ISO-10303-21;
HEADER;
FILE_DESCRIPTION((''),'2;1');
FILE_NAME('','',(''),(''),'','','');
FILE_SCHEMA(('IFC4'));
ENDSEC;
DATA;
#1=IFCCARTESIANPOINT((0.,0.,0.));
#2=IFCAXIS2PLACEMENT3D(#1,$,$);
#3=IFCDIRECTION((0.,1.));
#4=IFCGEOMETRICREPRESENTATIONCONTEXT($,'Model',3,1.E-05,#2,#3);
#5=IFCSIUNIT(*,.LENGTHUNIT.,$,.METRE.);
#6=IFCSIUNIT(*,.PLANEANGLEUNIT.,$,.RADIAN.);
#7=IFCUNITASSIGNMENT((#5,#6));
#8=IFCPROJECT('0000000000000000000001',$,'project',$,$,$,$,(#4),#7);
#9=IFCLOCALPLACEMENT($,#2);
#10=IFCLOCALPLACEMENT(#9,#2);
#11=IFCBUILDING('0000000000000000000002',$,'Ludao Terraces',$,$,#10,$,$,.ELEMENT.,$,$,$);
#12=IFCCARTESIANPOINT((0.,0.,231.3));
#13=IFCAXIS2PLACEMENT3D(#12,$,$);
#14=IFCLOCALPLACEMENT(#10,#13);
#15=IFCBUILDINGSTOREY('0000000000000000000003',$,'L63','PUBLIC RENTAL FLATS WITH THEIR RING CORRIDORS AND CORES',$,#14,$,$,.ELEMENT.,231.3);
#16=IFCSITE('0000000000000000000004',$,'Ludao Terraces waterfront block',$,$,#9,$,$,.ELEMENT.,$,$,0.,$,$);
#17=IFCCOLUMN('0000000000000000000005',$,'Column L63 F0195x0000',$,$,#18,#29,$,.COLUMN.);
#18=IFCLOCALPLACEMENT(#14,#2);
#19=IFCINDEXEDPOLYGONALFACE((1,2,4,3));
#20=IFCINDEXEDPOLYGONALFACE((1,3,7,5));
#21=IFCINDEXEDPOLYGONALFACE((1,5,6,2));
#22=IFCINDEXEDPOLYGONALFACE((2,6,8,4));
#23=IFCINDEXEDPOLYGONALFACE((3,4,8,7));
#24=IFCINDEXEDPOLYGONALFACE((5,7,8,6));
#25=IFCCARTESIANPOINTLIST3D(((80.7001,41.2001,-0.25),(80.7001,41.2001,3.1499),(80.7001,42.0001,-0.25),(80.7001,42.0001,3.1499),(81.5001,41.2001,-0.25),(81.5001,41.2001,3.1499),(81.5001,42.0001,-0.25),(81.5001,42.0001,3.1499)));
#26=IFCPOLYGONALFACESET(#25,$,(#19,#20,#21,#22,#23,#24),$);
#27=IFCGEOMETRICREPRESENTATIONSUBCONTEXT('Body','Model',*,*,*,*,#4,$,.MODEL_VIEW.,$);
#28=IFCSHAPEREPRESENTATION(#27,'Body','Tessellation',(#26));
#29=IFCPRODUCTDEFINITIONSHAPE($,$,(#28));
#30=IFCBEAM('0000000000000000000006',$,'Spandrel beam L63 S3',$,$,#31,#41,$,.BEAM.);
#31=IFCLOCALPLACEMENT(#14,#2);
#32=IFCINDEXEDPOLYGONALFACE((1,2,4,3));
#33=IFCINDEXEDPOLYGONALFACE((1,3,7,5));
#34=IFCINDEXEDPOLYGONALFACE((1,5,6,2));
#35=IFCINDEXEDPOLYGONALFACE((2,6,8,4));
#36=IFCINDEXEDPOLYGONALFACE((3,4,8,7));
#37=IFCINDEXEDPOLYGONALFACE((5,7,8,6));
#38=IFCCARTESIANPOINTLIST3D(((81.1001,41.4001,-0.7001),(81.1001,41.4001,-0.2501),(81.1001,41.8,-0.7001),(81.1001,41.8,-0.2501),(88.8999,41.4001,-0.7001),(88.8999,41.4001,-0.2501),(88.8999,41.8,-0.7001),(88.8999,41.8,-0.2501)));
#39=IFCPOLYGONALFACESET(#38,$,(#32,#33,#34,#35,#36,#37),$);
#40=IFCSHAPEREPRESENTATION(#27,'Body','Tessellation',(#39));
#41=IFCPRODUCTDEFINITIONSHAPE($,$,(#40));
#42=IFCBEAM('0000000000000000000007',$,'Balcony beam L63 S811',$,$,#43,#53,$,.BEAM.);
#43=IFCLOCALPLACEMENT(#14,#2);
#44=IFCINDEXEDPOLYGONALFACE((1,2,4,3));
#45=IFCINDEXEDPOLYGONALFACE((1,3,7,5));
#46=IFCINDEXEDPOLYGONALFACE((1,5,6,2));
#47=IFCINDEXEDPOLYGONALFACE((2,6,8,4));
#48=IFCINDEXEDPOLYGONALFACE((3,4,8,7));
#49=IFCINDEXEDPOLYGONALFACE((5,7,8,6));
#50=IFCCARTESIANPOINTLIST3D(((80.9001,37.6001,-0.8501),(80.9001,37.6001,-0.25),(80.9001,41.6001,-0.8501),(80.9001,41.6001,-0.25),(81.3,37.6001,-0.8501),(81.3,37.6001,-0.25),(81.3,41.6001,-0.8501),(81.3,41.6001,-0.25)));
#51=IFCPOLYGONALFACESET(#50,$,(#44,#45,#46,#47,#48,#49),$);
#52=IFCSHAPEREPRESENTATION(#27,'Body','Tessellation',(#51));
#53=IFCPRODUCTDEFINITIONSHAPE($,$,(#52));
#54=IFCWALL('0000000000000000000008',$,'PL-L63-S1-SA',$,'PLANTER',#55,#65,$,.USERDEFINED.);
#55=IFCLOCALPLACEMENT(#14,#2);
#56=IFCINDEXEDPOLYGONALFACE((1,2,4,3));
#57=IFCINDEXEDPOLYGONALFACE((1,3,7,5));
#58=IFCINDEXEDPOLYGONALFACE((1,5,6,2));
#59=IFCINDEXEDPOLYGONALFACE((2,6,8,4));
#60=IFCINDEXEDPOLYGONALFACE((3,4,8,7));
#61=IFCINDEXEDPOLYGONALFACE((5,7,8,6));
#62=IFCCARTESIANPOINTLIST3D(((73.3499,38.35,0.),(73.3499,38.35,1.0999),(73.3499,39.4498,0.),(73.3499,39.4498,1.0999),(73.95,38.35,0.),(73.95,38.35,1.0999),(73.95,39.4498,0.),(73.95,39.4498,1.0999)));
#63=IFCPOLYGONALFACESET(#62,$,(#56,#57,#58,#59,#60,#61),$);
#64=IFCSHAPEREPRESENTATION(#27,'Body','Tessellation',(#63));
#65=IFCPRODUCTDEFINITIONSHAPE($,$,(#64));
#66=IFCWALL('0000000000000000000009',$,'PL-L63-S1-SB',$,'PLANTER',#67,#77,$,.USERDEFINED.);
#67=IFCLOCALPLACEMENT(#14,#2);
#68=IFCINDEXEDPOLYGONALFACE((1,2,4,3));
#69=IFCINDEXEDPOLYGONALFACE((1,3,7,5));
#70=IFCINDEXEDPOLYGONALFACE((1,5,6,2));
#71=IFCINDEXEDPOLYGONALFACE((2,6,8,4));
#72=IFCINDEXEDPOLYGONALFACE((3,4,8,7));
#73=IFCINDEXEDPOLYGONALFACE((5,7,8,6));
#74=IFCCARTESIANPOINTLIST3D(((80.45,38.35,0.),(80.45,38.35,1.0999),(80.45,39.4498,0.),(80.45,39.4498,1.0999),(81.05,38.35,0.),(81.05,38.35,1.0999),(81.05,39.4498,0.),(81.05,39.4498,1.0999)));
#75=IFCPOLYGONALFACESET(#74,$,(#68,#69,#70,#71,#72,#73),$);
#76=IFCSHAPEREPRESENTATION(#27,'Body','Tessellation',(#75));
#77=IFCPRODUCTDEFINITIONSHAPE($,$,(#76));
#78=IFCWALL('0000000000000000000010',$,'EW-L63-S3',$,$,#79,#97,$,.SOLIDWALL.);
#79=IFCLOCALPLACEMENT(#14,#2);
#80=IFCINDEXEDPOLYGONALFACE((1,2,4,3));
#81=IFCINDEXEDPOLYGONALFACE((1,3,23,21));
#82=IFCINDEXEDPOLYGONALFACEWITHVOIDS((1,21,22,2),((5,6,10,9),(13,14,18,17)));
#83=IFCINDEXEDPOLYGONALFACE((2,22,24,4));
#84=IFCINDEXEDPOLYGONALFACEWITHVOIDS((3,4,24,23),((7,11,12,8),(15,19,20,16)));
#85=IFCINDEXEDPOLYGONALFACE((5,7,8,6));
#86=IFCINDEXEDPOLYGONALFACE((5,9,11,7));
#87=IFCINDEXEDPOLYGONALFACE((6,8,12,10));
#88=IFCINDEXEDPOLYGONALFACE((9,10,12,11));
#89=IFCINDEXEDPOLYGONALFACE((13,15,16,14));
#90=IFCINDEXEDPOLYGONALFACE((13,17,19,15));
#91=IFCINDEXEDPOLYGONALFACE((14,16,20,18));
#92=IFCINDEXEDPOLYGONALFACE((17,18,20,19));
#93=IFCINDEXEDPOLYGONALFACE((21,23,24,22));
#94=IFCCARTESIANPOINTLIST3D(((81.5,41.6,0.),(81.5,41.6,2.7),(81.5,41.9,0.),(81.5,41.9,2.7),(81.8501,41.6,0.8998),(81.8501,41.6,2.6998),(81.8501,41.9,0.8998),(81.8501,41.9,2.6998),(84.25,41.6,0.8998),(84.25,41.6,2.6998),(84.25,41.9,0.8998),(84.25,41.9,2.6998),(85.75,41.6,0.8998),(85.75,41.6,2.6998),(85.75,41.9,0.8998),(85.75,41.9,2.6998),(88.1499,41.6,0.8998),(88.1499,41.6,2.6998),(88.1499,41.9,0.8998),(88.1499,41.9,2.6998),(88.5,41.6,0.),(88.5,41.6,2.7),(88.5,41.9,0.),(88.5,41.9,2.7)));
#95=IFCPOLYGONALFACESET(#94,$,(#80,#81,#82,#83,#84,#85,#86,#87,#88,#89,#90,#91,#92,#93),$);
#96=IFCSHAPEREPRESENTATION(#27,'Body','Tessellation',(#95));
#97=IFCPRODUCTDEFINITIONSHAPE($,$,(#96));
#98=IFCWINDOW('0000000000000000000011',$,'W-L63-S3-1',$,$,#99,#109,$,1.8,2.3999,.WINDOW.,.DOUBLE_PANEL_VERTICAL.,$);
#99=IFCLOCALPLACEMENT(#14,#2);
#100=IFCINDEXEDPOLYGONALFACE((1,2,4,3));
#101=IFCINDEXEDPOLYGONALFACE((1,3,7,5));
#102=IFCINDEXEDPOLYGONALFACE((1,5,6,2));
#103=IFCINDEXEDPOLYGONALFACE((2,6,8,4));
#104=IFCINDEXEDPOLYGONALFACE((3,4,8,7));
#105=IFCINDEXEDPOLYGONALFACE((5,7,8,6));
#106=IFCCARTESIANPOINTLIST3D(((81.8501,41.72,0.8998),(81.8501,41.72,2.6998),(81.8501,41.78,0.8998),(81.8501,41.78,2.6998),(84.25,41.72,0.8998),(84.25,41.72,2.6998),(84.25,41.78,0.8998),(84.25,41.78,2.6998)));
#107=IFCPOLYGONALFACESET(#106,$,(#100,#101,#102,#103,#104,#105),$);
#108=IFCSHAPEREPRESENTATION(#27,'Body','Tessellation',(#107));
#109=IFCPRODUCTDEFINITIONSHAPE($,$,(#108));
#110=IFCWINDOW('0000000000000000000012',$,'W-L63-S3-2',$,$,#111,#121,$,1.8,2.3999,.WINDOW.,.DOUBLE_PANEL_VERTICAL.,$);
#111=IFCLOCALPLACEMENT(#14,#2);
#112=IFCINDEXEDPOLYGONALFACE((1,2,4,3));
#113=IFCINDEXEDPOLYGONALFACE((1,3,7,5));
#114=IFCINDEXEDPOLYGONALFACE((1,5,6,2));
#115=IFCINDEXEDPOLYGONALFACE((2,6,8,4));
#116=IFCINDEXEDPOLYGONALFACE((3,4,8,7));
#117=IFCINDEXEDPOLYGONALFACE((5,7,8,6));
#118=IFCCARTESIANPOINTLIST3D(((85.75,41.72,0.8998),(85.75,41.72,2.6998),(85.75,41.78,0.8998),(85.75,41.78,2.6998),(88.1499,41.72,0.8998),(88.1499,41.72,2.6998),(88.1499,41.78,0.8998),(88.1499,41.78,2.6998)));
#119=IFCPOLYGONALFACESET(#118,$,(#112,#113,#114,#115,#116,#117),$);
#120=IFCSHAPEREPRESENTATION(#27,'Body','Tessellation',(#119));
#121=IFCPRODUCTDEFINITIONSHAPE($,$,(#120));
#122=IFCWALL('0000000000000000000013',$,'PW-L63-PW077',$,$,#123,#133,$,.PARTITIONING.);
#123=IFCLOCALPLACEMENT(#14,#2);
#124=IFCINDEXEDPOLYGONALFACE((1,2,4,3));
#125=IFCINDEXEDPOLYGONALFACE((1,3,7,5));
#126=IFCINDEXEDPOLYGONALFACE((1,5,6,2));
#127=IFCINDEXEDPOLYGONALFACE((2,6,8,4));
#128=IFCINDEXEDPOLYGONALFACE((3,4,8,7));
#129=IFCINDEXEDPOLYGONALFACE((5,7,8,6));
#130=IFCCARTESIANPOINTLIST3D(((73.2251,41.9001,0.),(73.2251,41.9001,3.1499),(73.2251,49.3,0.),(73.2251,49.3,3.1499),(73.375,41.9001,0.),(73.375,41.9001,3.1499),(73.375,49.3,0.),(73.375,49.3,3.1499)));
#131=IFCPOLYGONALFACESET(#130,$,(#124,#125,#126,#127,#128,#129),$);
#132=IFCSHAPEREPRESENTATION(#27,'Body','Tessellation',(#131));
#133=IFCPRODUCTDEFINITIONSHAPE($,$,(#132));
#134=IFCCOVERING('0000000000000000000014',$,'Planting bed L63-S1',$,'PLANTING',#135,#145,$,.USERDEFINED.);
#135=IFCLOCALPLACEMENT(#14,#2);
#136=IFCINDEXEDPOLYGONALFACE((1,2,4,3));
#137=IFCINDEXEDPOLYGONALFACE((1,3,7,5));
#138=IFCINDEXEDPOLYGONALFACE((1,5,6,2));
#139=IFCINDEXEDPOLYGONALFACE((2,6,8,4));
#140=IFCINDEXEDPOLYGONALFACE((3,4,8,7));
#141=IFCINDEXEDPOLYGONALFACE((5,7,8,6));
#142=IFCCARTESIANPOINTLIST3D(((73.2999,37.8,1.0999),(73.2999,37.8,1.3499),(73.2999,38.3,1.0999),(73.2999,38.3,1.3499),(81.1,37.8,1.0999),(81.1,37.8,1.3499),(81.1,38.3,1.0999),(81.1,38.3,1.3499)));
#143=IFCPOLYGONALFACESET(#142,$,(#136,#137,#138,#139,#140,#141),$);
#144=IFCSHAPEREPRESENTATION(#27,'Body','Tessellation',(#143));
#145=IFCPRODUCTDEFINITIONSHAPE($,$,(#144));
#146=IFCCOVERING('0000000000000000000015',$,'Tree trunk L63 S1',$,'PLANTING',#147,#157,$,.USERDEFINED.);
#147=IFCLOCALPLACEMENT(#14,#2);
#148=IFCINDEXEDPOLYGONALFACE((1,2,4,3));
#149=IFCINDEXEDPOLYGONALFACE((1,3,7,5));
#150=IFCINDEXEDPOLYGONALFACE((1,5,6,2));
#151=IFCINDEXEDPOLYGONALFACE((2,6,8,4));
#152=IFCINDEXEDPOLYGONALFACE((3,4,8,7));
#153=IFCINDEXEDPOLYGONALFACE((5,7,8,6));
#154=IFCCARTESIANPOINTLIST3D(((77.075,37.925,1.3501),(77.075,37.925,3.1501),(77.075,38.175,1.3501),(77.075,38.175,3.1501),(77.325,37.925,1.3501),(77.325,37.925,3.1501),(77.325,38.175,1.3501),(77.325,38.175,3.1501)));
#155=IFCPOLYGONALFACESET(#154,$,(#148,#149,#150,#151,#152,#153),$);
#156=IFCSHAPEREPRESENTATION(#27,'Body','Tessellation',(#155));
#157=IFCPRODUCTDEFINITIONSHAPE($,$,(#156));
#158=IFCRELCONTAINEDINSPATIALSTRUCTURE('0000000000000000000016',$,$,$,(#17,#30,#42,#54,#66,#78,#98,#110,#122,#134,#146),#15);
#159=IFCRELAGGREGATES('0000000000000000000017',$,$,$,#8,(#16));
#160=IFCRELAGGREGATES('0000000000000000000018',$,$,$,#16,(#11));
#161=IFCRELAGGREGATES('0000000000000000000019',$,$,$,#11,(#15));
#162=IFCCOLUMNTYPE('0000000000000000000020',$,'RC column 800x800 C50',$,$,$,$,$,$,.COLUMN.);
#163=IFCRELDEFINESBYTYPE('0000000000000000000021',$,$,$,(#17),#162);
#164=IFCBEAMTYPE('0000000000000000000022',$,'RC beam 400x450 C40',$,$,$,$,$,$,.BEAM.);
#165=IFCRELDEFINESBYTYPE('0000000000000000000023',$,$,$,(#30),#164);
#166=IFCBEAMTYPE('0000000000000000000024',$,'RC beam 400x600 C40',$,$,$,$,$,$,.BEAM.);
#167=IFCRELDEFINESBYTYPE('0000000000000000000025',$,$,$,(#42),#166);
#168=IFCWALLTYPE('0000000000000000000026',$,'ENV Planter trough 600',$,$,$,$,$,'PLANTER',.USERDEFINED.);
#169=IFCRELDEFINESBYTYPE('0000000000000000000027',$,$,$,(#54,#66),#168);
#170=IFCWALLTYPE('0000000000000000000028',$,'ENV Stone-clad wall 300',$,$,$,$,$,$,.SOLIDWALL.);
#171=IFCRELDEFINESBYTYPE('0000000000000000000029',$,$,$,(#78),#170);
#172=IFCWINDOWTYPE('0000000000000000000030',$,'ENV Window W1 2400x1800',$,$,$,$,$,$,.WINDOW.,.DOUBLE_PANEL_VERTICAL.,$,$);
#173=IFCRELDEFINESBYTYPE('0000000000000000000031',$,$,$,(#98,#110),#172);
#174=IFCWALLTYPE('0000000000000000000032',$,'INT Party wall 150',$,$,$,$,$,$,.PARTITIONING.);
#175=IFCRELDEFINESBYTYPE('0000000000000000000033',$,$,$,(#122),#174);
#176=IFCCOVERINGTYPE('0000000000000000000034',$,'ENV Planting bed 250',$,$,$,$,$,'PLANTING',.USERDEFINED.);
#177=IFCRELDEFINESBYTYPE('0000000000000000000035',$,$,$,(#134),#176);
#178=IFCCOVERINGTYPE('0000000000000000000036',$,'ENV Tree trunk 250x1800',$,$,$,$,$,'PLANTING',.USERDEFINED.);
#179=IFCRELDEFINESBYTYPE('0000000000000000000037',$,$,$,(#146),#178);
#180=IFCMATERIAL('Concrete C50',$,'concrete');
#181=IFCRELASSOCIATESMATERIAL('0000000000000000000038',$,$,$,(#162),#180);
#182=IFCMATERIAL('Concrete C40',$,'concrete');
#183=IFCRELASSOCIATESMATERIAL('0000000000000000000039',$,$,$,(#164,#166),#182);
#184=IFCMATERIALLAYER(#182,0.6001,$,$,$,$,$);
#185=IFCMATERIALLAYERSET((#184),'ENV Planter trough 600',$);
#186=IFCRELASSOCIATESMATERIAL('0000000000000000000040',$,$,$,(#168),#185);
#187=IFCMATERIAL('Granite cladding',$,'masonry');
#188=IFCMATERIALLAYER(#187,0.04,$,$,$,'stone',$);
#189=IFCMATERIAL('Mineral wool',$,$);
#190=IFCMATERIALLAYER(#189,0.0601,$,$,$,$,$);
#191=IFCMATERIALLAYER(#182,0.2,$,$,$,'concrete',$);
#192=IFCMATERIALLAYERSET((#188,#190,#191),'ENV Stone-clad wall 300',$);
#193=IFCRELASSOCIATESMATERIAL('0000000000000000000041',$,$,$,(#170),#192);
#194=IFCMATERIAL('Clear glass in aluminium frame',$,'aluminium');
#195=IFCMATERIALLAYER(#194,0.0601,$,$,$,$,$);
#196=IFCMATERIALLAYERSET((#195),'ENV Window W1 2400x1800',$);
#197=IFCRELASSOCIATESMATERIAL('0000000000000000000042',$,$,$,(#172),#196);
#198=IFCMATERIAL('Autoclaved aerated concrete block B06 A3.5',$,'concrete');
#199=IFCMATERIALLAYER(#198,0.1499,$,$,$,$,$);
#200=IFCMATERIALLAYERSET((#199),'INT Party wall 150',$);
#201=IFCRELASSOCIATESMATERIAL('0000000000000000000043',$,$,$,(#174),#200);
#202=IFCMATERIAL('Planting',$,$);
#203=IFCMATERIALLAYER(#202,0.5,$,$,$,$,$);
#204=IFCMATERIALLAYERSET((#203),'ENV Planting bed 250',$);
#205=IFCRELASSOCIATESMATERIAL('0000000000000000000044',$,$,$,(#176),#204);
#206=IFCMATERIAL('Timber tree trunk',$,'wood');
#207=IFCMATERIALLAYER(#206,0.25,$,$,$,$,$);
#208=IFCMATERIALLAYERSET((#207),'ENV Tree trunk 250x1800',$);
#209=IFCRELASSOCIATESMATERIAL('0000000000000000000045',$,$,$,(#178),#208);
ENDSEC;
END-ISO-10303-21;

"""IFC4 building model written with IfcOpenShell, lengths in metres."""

from ifc_helpers import new_model, si_unit, direction, frame, frame_2d, origin, origin_2d, place, context, subcontext, project, spatial, rectangle, extrude, material, layer, layer_set, material_profile, profile_set, type_object, element, fill, save


model = new_model("IFC4")

# Units and contexts
model_context = context("Model", 3, precision=1e-05, world=origin(), true_north=direction((0.0, 1.0)))
body_context = subcontext(model_context, "Body", "Model", "MODEL_VIEW")
ifc_project = project(units=[si_unit("LENGTHUNIT", "METRE"), si_unit("PLANEANGLEUNIT", "RADIAN")], contexts=[model_context])

# Site, building, storey
site_placement = place(None, origin())
site = spatial("IfcSite", under=ifc_project, at=site_placement, Name="Ludao Terraces waterfront block", CompositionType="ELEMENT", RefElevation=0.0)
building_placement = place(site_placement, origin())
building = spatial("IfcBuilding", under=site, at=building_placement, Name="Ludao Terraces", CompositionType="ELEMENT")
storey_placement = place(building_placement, frame((0.0, 0.0, 231.3)))
storey = spatial("IfcBuildingStorey", under=building, at=storey_placement, Name="L63", Description="PUBLIC RENTAL FLATS WITH THEIR RING CORRIDORS AND CORES", CompositionType="ELEMENT", Elevation=231.3)

# Column
ifc_material_1 = material(Name="Concrete C50", Category="concrete")
ifc_material_profile_1 = material_profile(ifc_material_1, rectangle(XDim=0.8, YDim=0.8, at=origin_2d()), Name="800 X 800")
ifc_profile_set_1 = profile_set([ifc_material_profile_1], Name="Concrete C50")
column_type = type_object("IfcColumnType", Name="RC column 800x800 C50", PredefinedType="COLUMN", material=ifc_profile_set_1)
column_placement = place(storey_placement, frame((81.1001, 41.6001, -0.25), z_axis=(0.0, 0.0, 1.0), x_axis=(1.0, 0.0, 0.0)))
element("IfcColumn", 1, at=column_placement, inside=storey, type_object=column_type, Name="Column L63 F0195x0000", PredefinedType="COLUMN", context=body_context, shape_type="SweptSolid", body=[
    extrude(rectangle(XDim=0.8, YDim=0.8, at=origin_2d()), origin(), (0.0, 0.0, 1.0), 3.3999),
])

# Beams
ifc_material_2 = material(Name="Concrete C40", Category="concrete")
ifc_material_profile_2 = material_profile(ifc_material_2, rectangle(XDim=0.3999, YDim=0.45, at=origin_2d()), Name="400 X 450")
ifc_profile_set_2 = profile_set([ifc_material_profile_2], Name="Concrete C40")
beam_type_1 = type_object("IfcBeamType", Name="RC beam 400x450 C40", PredefinedType="BEAM", material=ifc_profile_set_2)
beam_1_placement = place(storey_placement, frame((81.1001, 41.6001, -0.4751), z_axis=(1.0, 0.0, 0.0), x_axis=(0.0, 1.0, 0.0)))
element("IfcBeam", 2, at=beam_1_placement, inside=storey, type_object=beam_type_1, Name="Spandrel beam L63 S3", PredefinedType="BEAM", context=body_context, shape_type="SweptSolid", body=[
    extrude(rectangle(XDim=0.3999, YDim=0.45, at=origin_2d()), origin(), (0.0, 0.0, 1.0), 7.7998),
])
ifc_material_profile_3 = material_profile(ifc_material_2, rectangle(XDim=0.3999, YDim=0.6001, at=origin_2d()), Name="400 X 600")
ifc_profile_set_3 = profile_set([ifc_material_profile_3], Name="Concrete C40")
beam_type_2 = type_object("IfcBeamType", Name="RC beam 400x600 C40", PredefinedType="BEAM", material=ifc_profile_set_3)
beam_2_placement = place(storey_placement, frame((81.1001, 41.6001, -0.55), z_axis=(0.0, -1.0, 0.0), x_axis=(1.0, 0.0, 0.0)))
element("IfcBeam", 3, at=beam_2_placement, inside=storey, type_object=beam_type_2, Name="Balcony beam L63 S811", PredefinedType="BEAM", context=body_context, shape_type="SweptSolid", body=[
    extrude(rectangle(XDim=0.3999, YDim=0.6001, at=origin_2d()), origin(), (0.0, 0.0, 1.0), 4.0),
])

# Walls
ifc_layer_1 = layer(ifc_material_2, 0.6001)
ifc_layer_set_1 = layer_set([ifc_layer_1], Name="ENV Planter trough 600")
wall_type_1 = type_object("IfcWallType", Name="ENV Planter trough 600", ElementType="PLANTER", PredefinedType="USERDEFINED", material=ifc_layer_set_1)
for number, where, z_axis, x_axis, name in (
    (4, (73.6499, 38.3501, 0.0), (0.0, 0.0, 1.0), (0.0, 1.0, 0.0), "PL-L63-S1-SA"),
    (5, (80.75, 38.3501, 0.0), (0.0, 0.0, 1.0), (0.0, 1.0, 0.0), "PL-L63-S1-SB"),
):
    element("IfcWall", number, at=place(storey_placement, frame(where, z_axis=z_axis, x_axis=x_axis)), inside=storey, type_object=wall_type_1, Name=name, ObjectType="PLANTER", PredefinedType="USERDEFINED", context=body_context, shape_type="SweptSolid", body=[
        extrude(rectangle(XDim=1.0999, YDim=0.6001, at=frame_2d((0.5498, 0.0))), origin(), (0.0, 0.0, 1.0), 1.0999),
    ])

# Shared definitions
ifc_material_3 = material(Name="Granite cladding", Category="masonry")
ifc_layer_2 = layer(ifc_material_3, 0.04, Category="stone")
ifc_material_4 = material(Name="Mineral wool")
ifc_layer_3 = layer(ifc_material_4, 0.0601)
ifc_layer_4 = layer(ifc_material_2, 0.2, Category="concrete")
ifc_layer_set_2 = layer_set([ifc_layer_2, ifc_layer_3, ifc_layer_4], Name="ENV Stone-clad wall 300")
wall_type_2 = type_object("IfcWallType", Name="ENV Stone-clad wall 300", PredefinedType="SOLIDWALL", material=ifc_layer_set_2)
ifc_material_5 = material(Name="Clear glass in aluminium frame", Category="aluminium")
ifc_layer_5 = layer(ifc_material_5, 0.0601)
ifc_layer_set_3 = layer_set([ifc_layer_5], Name="ENV Window W1 2400x1800")
window_type = type_object("IfcWindowType", Name="ENV Window W1 2400x1800", PartitioningType="DOUBLE_PANEL_VERTICAL", PredefinedType="WINDOW", material=ifc_layer_set_3)

# Wall, openings, windows
wall_1_placement = place(storey_placement, frame((81.5, 41.75, 0.0), z_axis=(0.0, 0.0, 1.0), x_axis=(1.0, 0.0, 0.0)))
wall_1 = element("IfcWall", 6, at=wall_1_placement, inside=storey, type_object=wall_type_2, Name="EW-L63-S3", PredefinedType="SOLIDWALL", context=body_context, shape_type="SweptSolid", body=[
    extrude(rectangle(XDim=7.0, YDim=0.3, at=frame_2d((3.5, 0.0))), origin(), (0.0, 0.0, 1.0), 2.7),
])
opening_1_placement = place(wall_1_placement, frame((0.3501, 0.0, 0.8999)))
opening_1 = element("IfcOpeningElement", 7, at=opening_1_placement, cuts=wall_1, PredefinedType="OPENING", context=body_context, shape_type="SweptSolid", body=[
    extrude(rectangle(XDim=2.3999, YDim=1.8, at=frame_2d((1.2, 0.8999))), frame((0.0, 0.1602, 0.0), z_axis=(0.0, -1.0, 0.0), x_axis=(1.0, 0.0, 0.0)), (0.0, 0.0, 1.0), 0.3201),
])
opening_2_placement = place(wall_1_placement, frame((4.25, 0.0, 0.8999)))
opening_2 = element("IfcOpeningElement", 8, at=opening_2_placement, cuts=wall_1, PredefinedType="OPENING", context=body_context, shape_type="SweptSolid", body=[
    extrude(rectangle(XDim=2.3999, YDim=1.8, at=frame_2d((1.2, 0.8999))), frame((0.0, 0.1602, 0.0), z_axis=(0.0, -1.0, 0.0), x_axis=(1.0, 0.0, 0.0)), (0.0, 0.0, 1.0), 0.3201),
])
window_1_placement = place(opening_1_placement, origin())
window_1 = element("IfcWindow", 9, at=window_1_placement, inside=storey, type_object=window_type, Name="W-L63-S3-1", OverallHeight=1.8, OverallWidth=2.3999, PartitioningType="DOUBLE_PANEL_VERTICAL", PredefinedType="WINDOW", context=body_context, shape_type="SweptSolid", body=[
    extrude(rectangle(XDim=2.3999, YDim=1.8, at=frame_2d((1.2, 0.8999))), frame((0.0, 0.03, 0.0), z_axis=(0.0, -1.0, 0.0), x_axis=(1.0, 0.0, 0.0)), (0.0, 0.0, 1.0), 0.0601),
])
fill(opening_1, window_1)
window_2_placement = place(opening_2_placement, origin())
window_2 = element("IfcWindow", 10, at=window_2_placement, inside=storey, type_object=window_type, Name="W-L63-S3-2", OverallHeight=1.8, OverallWidth=2.3999, PartitioningType="DOUBLE_PANEL_VERTICAL", PredefinedType="WINDOW", context=body_context, shape_type="SweptSolid", body=[
    extrude(rectangle(XDim=2.3999, YDim=1.8, at=frame_2d((1.2, 0.8999))), frame((0.0, 0.03, 0.0), z_axis=(0.0, -1.0, 0.0), x_axis=(1.0, 0.0, 0.0)), (0.0, 0.0, 1.0), 0.0601),
])
fill(opening_2, window_2)

# Wall
ifc_material_6 = material(Name="Autoclaved aerated concrete block B06 A3.5", Category="concrete")
ifc_layer_6 = layer(ifc_material_6, 0.1499)
ifc_layer_set_4 = layer_set([ifc_layer_6], Name="INT Party wall 150")
wall_type_3 = type_object("IfcWallType", Name="INT Party wall 150", PredefinedType="PARTITIONING", material=ifc_layer_set_4)
wall_2_placement = place(storey_placement, frame((73.3, 41.9001, 0.0), z_axis=(0.0, 0.0, 1.0), x_axis=(0.0, 1.0, 0.0)))
element("IfcWall", 11, at=wall_2_placement, inside=storey, type_object=wall_type_3, Name="PW-L63-PW077", PredefinedType="PARTITIONING", context=body_context, shape_type="SweptSolid", body=[
    extrude(rectangle(XDim=7.3999, YDim=0.1499, at=frame_2d((3.7, 0.0))), origin(), (0.0, 0.0, 1.0), 3.1499),
])

# Coverings
ifc_material_7 = material(Name="Planting")
ifc_layer_7 = layer(ifc_material_7, 0.5)
ifc_layer_set_5 = layer_set([ifc_layer_7], Name="ENV Planting bed 250")
covering_type_1 = type_object("IfcCoveringType", Name="ENV Planting bed 250", ElementType="PLANTING", PredefinedType="USERDEFINED", material=ifc_layer_set_5)
covering_1_placement = place(storey_placement, frame((77.2, 38.05, 1.0999), z_axis=(0.0, 0.0, 1.0), x_axis=(1.0, 0.0, 0.0)))
element("IfcCovering", 12, at=covering_1_placement, inside=storey, type_object=covering_type_1, Name="Planting bed L63-S1", ObjectType="PLANTING", PredefinedType="USERDEFINED", context=body_context, shape_type="SweptSolid", body=[
    extrude(rectangle(XDim=7.8, YDim=0.5, at=origin_2d()), origin(), (0.0, 0.0, 1.0), 0.25),
])
ifc_material_8 = material(Name="Timber tree trunk", Category="wood")
ifc_layer_8 = layer(ifc_material_8, 0.25)
ifc_layer_set_6 = layer_set([ifc_layer_8], Name="ENV Tree trunk 250x1800")
covering_type_2 = type_object("IfcCoveringType", Name="ENV Tree trunk 250x1800", ElementType="PLANTING", PredefinedType="USERDEFINED", material=ifc_layer_set_6)
covering_2_placement = place(storey_placement, frame((77.2, 38.05, 1.3501), z_axis=(0.0, 0.0, 1.0), x_axis=(1.0, 0.0, 0.0)))
element("IfcCovering", 13, at=covering_2_placement, inside=storey, type_object=covering_type_2, Name="Tree trunk L63 S1", ObjectType="PLANTING", PredefinedType="USERDEFINED", context=body_context, shape_type="SweptSolid", body=[
    extrude(rectangle(XDim=0.25, YDim=0.25, at=origin_2d()), origin(), (0.0, 0.0, 1.0), 1.8),
])

save(model, "model.ifc")
